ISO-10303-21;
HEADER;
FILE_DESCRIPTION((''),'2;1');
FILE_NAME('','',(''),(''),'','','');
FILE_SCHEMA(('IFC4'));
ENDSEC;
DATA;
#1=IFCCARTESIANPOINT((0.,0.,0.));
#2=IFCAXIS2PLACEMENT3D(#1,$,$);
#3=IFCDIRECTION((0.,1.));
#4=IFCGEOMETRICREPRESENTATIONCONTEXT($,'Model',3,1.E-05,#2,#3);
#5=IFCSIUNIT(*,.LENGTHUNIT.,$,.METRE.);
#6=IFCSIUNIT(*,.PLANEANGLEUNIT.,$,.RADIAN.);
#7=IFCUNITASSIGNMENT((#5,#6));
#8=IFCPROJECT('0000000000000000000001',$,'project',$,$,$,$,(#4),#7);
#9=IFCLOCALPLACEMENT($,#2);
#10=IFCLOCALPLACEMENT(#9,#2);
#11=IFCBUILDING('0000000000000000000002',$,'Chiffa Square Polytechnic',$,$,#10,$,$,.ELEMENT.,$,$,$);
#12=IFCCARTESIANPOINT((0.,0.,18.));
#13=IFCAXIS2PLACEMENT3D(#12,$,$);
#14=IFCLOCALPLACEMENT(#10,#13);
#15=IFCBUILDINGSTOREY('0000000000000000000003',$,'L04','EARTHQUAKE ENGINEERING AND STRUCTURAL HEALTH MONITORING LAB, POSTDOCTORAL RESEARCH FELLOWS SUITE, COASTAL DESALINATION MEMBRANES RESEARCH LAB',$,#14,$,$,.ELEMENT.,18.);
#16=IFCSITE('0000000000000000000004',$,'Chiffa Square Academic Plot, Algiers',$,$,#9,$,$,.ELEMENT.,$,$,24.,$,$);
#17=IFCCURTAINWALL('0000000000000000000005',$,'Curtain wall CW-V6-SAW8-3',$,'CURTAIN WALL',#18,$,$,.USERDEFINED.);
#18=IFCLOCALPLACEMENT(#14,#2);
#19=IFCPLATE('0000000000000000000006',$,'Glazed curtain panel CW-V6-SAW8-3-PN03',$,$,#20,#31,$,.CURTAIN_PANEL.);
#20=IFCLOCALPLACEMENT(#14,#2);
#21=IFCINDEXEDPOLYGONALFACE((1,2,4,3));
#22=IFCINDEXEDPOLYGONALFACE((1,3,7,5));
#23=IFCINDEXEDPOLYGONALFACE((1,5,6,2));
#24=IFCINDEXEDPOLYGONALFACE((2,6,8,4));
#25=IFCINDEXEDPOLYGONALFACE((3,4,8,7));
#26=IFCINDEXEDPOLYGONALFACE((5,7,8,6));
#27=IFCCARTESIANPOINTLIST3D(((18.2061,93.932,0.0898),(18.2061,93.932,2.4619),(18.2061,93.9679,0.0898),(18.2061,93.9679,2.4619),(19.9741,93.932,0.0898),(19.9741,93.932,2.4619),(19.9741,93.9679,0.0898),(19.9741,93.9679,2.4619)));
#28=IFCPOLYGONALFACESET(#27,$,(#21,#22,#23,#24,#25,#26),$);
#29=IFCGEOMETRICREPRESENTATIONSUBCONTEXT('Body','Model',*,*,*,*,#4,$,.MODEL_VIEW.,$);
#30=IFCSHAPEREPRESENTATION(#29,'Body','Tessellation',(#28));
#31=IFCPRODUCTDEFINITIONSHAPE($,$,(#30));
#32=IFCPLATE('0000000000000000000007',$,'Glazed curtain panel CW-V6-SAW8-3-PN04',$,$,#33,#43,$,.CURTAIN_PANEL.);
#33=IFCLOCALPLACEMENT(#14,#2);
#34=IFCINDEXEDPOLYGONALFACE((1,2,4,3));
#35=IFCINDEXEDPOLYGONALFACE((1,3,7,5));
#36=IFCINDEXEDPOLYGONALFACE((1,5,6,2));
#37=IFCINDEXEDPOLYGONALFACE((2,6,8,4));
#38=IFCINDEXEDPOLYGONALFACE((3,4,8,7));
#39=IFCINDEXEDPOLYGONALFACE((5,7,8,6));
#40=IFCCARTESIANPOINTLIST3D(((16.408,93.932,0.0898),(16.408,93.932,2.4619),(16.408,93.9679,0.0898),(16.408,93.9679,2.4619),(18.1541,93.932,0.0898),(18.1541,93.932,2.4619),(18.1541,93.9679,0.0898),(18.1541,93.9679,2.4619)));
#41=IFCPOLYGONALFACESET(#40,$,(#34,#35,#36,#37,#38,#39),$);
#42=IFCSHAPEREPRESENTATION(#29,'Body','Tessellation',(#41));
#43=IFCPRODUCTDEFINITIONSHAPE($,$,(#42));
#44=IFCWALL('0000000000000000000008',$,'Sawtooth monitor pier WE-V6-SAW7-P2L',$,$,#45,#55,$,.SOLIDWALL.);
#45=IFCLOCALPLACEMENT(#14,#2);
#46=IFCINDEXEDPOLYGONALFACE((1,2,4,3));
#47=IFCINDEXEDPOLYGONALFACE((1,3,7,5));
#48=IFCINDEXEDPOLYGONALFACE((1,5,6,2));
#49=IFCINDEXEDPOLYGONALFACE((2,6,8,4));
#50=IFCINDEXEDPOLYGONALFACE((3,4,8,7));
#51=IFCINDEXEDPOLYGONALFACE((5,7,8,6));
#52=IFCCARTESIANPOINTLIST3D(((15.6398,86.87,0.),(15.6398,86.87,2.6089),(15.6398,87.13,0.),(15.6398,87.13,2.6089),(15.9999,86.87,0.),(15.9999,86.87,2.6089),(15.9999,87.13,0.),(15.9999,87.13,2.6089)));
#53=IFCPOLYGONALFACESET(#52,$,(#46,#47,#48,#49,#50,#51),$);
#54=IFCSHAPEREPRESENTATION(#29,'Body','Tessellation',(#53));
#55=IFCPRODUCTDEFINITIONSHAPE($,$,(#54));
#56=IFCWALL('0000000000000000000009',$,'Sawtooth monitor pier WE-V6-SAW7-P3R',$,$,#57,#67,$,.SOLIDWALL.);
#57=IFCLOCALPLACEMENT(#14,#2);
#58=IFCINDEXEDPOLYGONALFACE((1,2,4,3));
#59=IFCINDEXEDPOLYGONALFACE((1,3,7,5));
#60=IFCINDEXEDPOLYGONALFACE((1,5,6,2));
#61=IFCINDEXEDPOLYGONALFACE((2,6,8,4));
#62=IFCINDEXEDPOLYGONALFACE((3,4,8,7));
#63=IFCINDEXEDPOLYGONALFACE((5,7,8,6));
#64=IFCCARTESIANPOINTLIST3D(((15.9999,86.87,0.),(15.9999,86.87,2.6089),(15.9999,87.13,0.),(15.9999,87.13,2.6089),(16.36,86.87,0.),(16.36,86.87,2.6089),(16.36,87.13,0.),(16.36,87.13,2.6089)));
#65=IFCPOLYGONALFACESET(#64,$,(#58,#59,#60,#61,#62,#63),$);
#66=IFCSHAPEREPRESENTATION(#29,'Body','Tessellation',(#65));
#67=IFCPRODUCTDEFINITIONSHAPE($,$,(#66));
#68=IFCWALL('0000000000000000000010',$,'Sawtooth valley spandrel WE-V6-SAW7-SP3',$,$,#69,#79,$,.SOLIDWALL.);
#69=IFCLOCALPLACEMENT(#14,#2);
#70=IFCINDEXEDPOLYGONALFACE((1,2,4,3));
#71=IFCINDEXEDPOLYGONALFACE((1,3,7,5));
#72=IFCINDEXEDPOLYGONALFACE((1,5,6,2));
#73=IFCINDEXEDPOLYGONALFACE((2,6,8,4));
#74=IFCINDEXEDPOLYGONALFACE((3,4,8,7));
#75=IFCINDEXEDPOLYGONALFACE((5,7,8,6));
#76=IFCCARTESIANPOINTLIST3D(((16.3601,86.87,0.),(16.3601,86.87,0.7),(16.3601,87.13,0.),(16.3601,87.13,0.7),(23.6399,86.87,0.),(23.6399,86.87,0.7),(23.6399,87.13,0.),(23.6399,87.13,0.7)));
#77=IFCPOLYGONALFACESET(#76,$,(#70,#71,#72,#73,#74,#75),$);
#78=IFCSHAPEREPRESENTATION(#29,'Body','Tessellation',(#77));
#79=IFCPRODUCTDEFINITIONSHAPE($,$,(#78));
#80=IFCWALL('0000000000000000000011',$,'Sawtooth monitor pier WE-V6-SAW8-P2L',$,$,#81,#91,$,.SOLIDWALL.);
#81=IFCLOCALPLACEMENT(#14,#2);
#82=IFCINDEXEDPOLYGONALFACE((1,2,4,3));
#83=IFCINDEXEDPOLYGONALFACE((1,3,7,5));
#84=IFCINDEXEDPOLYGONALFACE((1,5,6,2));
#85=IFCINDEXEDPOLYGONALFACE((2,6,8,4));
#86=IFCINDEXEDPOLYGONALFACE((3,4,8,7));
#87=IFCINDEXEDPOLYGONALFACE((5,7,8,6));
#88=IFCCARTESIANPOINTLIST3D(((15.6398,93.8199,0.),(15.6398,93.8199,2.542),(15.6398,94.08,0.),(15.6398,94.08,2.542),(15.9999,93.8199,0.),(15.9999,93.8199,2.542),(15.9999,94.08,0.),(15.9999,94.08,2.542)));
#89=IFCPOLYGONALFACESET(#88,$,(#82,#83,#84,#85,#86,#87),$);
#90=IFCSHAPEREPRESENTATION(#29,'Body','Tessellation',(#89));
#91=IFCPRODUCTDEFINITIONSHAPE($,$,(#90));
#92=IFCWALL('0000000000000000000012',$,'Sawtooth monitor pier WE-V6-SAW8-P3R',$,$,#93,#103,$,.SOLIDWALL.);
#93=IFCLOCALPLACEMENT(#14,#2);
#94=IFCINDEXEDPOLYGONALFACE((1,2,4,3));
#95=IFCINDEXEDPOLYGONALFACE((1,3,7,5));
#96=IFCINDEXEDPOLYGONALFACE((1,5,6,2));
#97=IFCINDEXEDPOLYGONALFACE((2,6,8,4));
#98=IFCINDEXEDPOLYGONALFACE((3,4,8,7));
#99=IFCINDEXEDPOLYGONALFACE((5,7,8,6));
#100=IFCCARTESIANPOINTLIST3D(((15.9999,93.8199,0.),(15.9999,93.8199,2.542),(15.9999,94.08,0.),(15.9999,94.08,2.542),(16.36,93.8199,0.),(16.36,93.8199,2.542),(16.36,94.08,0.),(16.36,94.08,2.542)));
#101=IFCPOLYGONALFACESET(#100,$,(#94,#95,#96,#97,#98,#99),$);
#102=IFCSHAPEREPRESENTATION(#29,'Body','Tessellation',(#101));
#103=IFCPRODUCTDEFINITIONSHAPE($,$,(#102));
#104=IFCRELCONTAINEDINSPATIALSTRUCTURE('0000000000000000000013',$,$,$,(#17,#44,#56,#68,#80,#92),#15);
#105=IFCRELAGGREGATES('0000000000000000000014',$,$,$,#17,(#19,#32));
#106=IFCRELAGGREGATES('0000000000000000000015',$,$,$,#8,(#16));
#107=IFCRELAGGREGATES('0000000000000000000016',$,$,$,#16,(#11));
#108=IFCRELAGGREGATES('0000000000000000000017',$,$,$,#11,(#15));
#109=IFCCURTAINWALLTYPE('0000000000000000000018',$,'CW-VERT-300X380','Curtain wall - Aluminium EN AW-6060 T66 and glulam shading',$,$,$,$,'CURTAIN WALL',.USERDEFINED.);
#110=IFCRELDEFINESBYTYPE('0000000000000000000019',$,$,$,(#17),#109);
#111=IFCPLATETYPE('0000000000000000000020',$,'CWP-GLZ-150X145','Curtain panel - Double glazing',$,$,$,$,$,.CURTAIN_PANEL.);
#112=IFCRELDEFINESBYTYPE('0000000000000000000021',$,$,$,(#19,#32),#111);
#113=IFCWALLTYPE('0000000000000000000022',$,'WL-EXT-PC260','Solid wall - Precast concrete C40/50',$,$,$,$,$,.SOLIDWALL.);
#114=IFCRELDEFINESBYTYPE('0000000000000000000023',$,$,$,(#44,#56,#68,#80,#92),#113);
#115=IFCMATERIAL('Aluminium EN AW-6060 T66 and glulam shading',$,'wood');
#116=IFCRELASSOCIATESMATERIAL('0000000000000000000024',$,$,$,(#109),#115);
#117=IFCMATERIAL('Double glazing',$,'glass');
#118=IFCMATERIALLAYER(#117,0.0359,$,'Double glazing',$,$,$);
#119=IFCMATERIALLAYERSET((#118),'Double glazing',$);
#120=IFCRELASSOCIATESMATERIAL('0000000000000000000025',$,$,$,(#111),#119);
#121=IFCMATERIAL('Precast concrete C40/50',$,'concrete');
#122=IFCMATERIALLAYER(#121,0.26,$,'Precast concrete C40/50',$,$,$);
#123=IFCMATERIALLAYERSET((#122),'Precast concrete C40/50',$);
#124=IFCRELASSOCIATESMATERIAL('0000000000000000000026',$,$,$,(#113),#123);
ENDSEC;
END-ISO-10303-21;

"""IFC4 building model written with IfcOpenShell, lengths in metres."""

from ifc_helpers import new_model, si_unit, direction, frame, frame_2d, origin, origin_2d, place, context, subcontext, project, spatial, rectangle, extrude, material, layer, layer_set, type_object, element, aggregate, save


model = new_model("IFC4")

# Units and contexts
model_context = context("Model", 3, precision=1e-05, world=origin(), true_north=direction((0.0, 1.0)))
body_context = subcontext(model_context, "Body", "Model", "MODEL_VIEW")
ifc_project = project(units=[si_unit("LENGTHUNIT", "METRE"), si_unit("PLANEANGLEUNIT", "RADIAN")], contexts=[model_context])

# Site, building, storey
site_placement = place(None, origin())
site = spatial("IfcSite", under=ifc_project, at=site_placement, Name="Chiffa Square Academic Plot, Algiers", CompositionType="ELEMENT", RefElevation=24.0)
building_placement = place(site_placement, origin())
building = spatial("IfcBuilding", under=site, at=building_placement, Name="Chiffa Square Polytechnic", CompositionType="ELEMENT")
storey_placement = place(building_placement, frame((0.0, 0.0, 18.0)))
storey = spatial("IfcBuildingStorey", under=building, at=storey_placement, Name="L04", Description="EARTHQUAKE ENGINEERING AND STRUCTURAL HEALTH MONITORING LAB, POSTDOCTORAL RESEARCH FELLOWS SUITE, COASTAL DESALINATION MEMBRANES RESEARCH LAB", CompositionType="ELEMENT", Elevation=18.0)

# Curtain wall
ifc_material_1 = material(Name="Aluminium EN AW-6060 T66 and glulam shading", Category="wood")
curtain_wall_type_1 = type_object("IfcCurtainWallType", Name="CW-VERT-300X380", Description="Curtain wall - Aluminium EN AW-6060 T66 and glulam shading", ElementType="CURTAIN WALL", PredefinedType="USERDEFINED", material=ifc_material_1)
curtain_wall_1_placement = place(storey_placement, origin())
curtain_wall_1 = element("IfcCurtainWall", 1, at=curtain_wall_1_placement, inside=storey, type_object=curtain_wall_type_1, Name="Curtain wall CW-V6-SAW8-3", ObjectType="CURTAIN WALL", PredefinedType="USERDEFINED")

# Plates
ifc_material_2 = material(Name="Double glazing", Category="glass")
ifc_layer_1 = layer(ifc_material_2, 0.0359, Name="Double glazing")
ifc_layer_set_1 = layer_set([ifc_layer_1], Name="Double glazing")
plate_type = type_object("IfcPlateType", Name="CWP-GLZ-150X145", Description="Curtain panel - Double glazing", PredefinedType="CURTAIN_PANEL", material=ifc_layer_set_1)
plate_1_placement = place(storey_placement, frame((19.0901, 93.95, 0.0898), z_axis=(0.0, 0.0, 1.0), x_axis=(-1.0, 0.0, 0.0)))
plate_1 = element("IfcPlate", 2, at=plate_1_placement, type_object=plate_type, Name="Glazed curtain panel CW-V6-SAW8-3-PN03", PredefinedType="CURTAIN_PANEL", context=body_context, shape_type="SweptSolid", body=[
    extrude(rectangle(XDim=1.7681, YDim=0.0359, at=origin_2d()), origin(), (0.0, 0.0, 1.0), 2.3721),
])
plate_2_placement = place(storey_placement, frame((17.281, 93.95, 0.0898), z_axis=(0.0, 0.0, 1.0), x_axis=(-1.0, 0.0, 0.0)))
plate_2 = element("IfcPlate", 3, at=plate_2_placement, type_object=plate_type, Name="Glazed curtain panel CW-V6-SAW8-3-PN04", PredefinedType="CURTAIN_PANEL", context=body_context, shape_type="SweptSolid", body=[
    extrude(rectangle(XDim=1.7461, YDim=0.0359, at=origin_2d()), origin(), (0.0, 0.0, 1.0), 2.3721),
])
aggregate(curtain_wall_1, [plate_1, plate_2])

# Walls
ifc_material_3 = material(Name="Precast concrete C40/50", Category="concrete")
ifc_layer_2 = layer(ifc_material_3, 0.26, Name="Precast concrete C40/50")
ifc_layer_set_2 = layer_set([ifc_layer_2], Name="Precast concrete C40/50")
wall_type = type_object("IfcWallType", Name="WL-EXT-PC260", Description="Solid wall - Precast concrete C40/50", PredefinedType="SOLIDWALL", material=ifc_layer_set_2)
for number, where, z_axis, x_axis, name in (
    (4, (16.0, 87.0, 0.0), (0.0, 0.0, 1.0), (-1.0, 0.0, 0.0), "Sawtooth monitor pier WE-V6-SAW7-P2L"),
    (5, (16.3601, 87.0, 0.0), (0.0, 0.0, 1.0), (-1.0, 0.0, 0.0), "Sawtooth monitor pier WE-V6-SAW7-P3R"),
):
    element("IfcWall", number, at=place(storey_placement, frame(where, z_axis=z_axis, x_axis=x_axis)), inside=storey, type_object=wall_type, Name=name, PredefinedType="SOLIDWALL", context=body_context, shape_type="SweptSolid", body=[
        extrude(rectangle(XDim=0.3601, YDim=0.26, at=frame_2d((0.1802, 0.0))), origin(), (0.0, 0.0, 1.0), 2.6089),
    ])
wall_placement = place(storey_placement, frame((16.3601, 87.0, 0.0), z_axis=(0.0, 0.0, 1.0), x_axis=(1.0, 0.0, 0.0)))
element("IfcWall", 6, at=wall_placement, inside=storey, type_object=wall_type, Name="Sawtooth valley spandrel WE-V6-SAW7-SP3", PredefinedType="SOLIDWALL", context=body_context, shape_type="SweptSolid", body=[
    extrude(rectangle(XDim=7.2798, YDim=0.26, at=frame_2d((3.6399, 0.0))), origin(), (0.0, 0.0, 1.0), 0.7),
])
for number, where, z_axis, x_axis, name in (
    (7, (16.0, 93.95, 0.0), (0.0, 0.0, 1.0), (-1.0, 0.0, 0.0), "Sawtooth monitor pier WE-V6-SAW8-P2L"),
    (8, (16.3601, 93.95, 0.0), (0.0, 0.0, 1.0), (-1.0, 0.0, 0.0), "Sawtooth monitor pier WE-V6-SAW8-P3R"),
):
    element("IfcWall", number, at=place(storey_placement, frame(where, z_axis=z_axis, x_axis=x_axis)), inside=storey, type_object=wall_type, Name=name, PredefinedType="SOLIDWALL", context=body_context, shape_type="SweptSolid", body=[
        extrude(rectangle(XDim=0.3601, YDim=0.26, at=frame_2d((0.1802, 0.0))), origin(), (0.0, 0.0, 1.0), 2.542),
    ])

save(model, "model.ifc")
